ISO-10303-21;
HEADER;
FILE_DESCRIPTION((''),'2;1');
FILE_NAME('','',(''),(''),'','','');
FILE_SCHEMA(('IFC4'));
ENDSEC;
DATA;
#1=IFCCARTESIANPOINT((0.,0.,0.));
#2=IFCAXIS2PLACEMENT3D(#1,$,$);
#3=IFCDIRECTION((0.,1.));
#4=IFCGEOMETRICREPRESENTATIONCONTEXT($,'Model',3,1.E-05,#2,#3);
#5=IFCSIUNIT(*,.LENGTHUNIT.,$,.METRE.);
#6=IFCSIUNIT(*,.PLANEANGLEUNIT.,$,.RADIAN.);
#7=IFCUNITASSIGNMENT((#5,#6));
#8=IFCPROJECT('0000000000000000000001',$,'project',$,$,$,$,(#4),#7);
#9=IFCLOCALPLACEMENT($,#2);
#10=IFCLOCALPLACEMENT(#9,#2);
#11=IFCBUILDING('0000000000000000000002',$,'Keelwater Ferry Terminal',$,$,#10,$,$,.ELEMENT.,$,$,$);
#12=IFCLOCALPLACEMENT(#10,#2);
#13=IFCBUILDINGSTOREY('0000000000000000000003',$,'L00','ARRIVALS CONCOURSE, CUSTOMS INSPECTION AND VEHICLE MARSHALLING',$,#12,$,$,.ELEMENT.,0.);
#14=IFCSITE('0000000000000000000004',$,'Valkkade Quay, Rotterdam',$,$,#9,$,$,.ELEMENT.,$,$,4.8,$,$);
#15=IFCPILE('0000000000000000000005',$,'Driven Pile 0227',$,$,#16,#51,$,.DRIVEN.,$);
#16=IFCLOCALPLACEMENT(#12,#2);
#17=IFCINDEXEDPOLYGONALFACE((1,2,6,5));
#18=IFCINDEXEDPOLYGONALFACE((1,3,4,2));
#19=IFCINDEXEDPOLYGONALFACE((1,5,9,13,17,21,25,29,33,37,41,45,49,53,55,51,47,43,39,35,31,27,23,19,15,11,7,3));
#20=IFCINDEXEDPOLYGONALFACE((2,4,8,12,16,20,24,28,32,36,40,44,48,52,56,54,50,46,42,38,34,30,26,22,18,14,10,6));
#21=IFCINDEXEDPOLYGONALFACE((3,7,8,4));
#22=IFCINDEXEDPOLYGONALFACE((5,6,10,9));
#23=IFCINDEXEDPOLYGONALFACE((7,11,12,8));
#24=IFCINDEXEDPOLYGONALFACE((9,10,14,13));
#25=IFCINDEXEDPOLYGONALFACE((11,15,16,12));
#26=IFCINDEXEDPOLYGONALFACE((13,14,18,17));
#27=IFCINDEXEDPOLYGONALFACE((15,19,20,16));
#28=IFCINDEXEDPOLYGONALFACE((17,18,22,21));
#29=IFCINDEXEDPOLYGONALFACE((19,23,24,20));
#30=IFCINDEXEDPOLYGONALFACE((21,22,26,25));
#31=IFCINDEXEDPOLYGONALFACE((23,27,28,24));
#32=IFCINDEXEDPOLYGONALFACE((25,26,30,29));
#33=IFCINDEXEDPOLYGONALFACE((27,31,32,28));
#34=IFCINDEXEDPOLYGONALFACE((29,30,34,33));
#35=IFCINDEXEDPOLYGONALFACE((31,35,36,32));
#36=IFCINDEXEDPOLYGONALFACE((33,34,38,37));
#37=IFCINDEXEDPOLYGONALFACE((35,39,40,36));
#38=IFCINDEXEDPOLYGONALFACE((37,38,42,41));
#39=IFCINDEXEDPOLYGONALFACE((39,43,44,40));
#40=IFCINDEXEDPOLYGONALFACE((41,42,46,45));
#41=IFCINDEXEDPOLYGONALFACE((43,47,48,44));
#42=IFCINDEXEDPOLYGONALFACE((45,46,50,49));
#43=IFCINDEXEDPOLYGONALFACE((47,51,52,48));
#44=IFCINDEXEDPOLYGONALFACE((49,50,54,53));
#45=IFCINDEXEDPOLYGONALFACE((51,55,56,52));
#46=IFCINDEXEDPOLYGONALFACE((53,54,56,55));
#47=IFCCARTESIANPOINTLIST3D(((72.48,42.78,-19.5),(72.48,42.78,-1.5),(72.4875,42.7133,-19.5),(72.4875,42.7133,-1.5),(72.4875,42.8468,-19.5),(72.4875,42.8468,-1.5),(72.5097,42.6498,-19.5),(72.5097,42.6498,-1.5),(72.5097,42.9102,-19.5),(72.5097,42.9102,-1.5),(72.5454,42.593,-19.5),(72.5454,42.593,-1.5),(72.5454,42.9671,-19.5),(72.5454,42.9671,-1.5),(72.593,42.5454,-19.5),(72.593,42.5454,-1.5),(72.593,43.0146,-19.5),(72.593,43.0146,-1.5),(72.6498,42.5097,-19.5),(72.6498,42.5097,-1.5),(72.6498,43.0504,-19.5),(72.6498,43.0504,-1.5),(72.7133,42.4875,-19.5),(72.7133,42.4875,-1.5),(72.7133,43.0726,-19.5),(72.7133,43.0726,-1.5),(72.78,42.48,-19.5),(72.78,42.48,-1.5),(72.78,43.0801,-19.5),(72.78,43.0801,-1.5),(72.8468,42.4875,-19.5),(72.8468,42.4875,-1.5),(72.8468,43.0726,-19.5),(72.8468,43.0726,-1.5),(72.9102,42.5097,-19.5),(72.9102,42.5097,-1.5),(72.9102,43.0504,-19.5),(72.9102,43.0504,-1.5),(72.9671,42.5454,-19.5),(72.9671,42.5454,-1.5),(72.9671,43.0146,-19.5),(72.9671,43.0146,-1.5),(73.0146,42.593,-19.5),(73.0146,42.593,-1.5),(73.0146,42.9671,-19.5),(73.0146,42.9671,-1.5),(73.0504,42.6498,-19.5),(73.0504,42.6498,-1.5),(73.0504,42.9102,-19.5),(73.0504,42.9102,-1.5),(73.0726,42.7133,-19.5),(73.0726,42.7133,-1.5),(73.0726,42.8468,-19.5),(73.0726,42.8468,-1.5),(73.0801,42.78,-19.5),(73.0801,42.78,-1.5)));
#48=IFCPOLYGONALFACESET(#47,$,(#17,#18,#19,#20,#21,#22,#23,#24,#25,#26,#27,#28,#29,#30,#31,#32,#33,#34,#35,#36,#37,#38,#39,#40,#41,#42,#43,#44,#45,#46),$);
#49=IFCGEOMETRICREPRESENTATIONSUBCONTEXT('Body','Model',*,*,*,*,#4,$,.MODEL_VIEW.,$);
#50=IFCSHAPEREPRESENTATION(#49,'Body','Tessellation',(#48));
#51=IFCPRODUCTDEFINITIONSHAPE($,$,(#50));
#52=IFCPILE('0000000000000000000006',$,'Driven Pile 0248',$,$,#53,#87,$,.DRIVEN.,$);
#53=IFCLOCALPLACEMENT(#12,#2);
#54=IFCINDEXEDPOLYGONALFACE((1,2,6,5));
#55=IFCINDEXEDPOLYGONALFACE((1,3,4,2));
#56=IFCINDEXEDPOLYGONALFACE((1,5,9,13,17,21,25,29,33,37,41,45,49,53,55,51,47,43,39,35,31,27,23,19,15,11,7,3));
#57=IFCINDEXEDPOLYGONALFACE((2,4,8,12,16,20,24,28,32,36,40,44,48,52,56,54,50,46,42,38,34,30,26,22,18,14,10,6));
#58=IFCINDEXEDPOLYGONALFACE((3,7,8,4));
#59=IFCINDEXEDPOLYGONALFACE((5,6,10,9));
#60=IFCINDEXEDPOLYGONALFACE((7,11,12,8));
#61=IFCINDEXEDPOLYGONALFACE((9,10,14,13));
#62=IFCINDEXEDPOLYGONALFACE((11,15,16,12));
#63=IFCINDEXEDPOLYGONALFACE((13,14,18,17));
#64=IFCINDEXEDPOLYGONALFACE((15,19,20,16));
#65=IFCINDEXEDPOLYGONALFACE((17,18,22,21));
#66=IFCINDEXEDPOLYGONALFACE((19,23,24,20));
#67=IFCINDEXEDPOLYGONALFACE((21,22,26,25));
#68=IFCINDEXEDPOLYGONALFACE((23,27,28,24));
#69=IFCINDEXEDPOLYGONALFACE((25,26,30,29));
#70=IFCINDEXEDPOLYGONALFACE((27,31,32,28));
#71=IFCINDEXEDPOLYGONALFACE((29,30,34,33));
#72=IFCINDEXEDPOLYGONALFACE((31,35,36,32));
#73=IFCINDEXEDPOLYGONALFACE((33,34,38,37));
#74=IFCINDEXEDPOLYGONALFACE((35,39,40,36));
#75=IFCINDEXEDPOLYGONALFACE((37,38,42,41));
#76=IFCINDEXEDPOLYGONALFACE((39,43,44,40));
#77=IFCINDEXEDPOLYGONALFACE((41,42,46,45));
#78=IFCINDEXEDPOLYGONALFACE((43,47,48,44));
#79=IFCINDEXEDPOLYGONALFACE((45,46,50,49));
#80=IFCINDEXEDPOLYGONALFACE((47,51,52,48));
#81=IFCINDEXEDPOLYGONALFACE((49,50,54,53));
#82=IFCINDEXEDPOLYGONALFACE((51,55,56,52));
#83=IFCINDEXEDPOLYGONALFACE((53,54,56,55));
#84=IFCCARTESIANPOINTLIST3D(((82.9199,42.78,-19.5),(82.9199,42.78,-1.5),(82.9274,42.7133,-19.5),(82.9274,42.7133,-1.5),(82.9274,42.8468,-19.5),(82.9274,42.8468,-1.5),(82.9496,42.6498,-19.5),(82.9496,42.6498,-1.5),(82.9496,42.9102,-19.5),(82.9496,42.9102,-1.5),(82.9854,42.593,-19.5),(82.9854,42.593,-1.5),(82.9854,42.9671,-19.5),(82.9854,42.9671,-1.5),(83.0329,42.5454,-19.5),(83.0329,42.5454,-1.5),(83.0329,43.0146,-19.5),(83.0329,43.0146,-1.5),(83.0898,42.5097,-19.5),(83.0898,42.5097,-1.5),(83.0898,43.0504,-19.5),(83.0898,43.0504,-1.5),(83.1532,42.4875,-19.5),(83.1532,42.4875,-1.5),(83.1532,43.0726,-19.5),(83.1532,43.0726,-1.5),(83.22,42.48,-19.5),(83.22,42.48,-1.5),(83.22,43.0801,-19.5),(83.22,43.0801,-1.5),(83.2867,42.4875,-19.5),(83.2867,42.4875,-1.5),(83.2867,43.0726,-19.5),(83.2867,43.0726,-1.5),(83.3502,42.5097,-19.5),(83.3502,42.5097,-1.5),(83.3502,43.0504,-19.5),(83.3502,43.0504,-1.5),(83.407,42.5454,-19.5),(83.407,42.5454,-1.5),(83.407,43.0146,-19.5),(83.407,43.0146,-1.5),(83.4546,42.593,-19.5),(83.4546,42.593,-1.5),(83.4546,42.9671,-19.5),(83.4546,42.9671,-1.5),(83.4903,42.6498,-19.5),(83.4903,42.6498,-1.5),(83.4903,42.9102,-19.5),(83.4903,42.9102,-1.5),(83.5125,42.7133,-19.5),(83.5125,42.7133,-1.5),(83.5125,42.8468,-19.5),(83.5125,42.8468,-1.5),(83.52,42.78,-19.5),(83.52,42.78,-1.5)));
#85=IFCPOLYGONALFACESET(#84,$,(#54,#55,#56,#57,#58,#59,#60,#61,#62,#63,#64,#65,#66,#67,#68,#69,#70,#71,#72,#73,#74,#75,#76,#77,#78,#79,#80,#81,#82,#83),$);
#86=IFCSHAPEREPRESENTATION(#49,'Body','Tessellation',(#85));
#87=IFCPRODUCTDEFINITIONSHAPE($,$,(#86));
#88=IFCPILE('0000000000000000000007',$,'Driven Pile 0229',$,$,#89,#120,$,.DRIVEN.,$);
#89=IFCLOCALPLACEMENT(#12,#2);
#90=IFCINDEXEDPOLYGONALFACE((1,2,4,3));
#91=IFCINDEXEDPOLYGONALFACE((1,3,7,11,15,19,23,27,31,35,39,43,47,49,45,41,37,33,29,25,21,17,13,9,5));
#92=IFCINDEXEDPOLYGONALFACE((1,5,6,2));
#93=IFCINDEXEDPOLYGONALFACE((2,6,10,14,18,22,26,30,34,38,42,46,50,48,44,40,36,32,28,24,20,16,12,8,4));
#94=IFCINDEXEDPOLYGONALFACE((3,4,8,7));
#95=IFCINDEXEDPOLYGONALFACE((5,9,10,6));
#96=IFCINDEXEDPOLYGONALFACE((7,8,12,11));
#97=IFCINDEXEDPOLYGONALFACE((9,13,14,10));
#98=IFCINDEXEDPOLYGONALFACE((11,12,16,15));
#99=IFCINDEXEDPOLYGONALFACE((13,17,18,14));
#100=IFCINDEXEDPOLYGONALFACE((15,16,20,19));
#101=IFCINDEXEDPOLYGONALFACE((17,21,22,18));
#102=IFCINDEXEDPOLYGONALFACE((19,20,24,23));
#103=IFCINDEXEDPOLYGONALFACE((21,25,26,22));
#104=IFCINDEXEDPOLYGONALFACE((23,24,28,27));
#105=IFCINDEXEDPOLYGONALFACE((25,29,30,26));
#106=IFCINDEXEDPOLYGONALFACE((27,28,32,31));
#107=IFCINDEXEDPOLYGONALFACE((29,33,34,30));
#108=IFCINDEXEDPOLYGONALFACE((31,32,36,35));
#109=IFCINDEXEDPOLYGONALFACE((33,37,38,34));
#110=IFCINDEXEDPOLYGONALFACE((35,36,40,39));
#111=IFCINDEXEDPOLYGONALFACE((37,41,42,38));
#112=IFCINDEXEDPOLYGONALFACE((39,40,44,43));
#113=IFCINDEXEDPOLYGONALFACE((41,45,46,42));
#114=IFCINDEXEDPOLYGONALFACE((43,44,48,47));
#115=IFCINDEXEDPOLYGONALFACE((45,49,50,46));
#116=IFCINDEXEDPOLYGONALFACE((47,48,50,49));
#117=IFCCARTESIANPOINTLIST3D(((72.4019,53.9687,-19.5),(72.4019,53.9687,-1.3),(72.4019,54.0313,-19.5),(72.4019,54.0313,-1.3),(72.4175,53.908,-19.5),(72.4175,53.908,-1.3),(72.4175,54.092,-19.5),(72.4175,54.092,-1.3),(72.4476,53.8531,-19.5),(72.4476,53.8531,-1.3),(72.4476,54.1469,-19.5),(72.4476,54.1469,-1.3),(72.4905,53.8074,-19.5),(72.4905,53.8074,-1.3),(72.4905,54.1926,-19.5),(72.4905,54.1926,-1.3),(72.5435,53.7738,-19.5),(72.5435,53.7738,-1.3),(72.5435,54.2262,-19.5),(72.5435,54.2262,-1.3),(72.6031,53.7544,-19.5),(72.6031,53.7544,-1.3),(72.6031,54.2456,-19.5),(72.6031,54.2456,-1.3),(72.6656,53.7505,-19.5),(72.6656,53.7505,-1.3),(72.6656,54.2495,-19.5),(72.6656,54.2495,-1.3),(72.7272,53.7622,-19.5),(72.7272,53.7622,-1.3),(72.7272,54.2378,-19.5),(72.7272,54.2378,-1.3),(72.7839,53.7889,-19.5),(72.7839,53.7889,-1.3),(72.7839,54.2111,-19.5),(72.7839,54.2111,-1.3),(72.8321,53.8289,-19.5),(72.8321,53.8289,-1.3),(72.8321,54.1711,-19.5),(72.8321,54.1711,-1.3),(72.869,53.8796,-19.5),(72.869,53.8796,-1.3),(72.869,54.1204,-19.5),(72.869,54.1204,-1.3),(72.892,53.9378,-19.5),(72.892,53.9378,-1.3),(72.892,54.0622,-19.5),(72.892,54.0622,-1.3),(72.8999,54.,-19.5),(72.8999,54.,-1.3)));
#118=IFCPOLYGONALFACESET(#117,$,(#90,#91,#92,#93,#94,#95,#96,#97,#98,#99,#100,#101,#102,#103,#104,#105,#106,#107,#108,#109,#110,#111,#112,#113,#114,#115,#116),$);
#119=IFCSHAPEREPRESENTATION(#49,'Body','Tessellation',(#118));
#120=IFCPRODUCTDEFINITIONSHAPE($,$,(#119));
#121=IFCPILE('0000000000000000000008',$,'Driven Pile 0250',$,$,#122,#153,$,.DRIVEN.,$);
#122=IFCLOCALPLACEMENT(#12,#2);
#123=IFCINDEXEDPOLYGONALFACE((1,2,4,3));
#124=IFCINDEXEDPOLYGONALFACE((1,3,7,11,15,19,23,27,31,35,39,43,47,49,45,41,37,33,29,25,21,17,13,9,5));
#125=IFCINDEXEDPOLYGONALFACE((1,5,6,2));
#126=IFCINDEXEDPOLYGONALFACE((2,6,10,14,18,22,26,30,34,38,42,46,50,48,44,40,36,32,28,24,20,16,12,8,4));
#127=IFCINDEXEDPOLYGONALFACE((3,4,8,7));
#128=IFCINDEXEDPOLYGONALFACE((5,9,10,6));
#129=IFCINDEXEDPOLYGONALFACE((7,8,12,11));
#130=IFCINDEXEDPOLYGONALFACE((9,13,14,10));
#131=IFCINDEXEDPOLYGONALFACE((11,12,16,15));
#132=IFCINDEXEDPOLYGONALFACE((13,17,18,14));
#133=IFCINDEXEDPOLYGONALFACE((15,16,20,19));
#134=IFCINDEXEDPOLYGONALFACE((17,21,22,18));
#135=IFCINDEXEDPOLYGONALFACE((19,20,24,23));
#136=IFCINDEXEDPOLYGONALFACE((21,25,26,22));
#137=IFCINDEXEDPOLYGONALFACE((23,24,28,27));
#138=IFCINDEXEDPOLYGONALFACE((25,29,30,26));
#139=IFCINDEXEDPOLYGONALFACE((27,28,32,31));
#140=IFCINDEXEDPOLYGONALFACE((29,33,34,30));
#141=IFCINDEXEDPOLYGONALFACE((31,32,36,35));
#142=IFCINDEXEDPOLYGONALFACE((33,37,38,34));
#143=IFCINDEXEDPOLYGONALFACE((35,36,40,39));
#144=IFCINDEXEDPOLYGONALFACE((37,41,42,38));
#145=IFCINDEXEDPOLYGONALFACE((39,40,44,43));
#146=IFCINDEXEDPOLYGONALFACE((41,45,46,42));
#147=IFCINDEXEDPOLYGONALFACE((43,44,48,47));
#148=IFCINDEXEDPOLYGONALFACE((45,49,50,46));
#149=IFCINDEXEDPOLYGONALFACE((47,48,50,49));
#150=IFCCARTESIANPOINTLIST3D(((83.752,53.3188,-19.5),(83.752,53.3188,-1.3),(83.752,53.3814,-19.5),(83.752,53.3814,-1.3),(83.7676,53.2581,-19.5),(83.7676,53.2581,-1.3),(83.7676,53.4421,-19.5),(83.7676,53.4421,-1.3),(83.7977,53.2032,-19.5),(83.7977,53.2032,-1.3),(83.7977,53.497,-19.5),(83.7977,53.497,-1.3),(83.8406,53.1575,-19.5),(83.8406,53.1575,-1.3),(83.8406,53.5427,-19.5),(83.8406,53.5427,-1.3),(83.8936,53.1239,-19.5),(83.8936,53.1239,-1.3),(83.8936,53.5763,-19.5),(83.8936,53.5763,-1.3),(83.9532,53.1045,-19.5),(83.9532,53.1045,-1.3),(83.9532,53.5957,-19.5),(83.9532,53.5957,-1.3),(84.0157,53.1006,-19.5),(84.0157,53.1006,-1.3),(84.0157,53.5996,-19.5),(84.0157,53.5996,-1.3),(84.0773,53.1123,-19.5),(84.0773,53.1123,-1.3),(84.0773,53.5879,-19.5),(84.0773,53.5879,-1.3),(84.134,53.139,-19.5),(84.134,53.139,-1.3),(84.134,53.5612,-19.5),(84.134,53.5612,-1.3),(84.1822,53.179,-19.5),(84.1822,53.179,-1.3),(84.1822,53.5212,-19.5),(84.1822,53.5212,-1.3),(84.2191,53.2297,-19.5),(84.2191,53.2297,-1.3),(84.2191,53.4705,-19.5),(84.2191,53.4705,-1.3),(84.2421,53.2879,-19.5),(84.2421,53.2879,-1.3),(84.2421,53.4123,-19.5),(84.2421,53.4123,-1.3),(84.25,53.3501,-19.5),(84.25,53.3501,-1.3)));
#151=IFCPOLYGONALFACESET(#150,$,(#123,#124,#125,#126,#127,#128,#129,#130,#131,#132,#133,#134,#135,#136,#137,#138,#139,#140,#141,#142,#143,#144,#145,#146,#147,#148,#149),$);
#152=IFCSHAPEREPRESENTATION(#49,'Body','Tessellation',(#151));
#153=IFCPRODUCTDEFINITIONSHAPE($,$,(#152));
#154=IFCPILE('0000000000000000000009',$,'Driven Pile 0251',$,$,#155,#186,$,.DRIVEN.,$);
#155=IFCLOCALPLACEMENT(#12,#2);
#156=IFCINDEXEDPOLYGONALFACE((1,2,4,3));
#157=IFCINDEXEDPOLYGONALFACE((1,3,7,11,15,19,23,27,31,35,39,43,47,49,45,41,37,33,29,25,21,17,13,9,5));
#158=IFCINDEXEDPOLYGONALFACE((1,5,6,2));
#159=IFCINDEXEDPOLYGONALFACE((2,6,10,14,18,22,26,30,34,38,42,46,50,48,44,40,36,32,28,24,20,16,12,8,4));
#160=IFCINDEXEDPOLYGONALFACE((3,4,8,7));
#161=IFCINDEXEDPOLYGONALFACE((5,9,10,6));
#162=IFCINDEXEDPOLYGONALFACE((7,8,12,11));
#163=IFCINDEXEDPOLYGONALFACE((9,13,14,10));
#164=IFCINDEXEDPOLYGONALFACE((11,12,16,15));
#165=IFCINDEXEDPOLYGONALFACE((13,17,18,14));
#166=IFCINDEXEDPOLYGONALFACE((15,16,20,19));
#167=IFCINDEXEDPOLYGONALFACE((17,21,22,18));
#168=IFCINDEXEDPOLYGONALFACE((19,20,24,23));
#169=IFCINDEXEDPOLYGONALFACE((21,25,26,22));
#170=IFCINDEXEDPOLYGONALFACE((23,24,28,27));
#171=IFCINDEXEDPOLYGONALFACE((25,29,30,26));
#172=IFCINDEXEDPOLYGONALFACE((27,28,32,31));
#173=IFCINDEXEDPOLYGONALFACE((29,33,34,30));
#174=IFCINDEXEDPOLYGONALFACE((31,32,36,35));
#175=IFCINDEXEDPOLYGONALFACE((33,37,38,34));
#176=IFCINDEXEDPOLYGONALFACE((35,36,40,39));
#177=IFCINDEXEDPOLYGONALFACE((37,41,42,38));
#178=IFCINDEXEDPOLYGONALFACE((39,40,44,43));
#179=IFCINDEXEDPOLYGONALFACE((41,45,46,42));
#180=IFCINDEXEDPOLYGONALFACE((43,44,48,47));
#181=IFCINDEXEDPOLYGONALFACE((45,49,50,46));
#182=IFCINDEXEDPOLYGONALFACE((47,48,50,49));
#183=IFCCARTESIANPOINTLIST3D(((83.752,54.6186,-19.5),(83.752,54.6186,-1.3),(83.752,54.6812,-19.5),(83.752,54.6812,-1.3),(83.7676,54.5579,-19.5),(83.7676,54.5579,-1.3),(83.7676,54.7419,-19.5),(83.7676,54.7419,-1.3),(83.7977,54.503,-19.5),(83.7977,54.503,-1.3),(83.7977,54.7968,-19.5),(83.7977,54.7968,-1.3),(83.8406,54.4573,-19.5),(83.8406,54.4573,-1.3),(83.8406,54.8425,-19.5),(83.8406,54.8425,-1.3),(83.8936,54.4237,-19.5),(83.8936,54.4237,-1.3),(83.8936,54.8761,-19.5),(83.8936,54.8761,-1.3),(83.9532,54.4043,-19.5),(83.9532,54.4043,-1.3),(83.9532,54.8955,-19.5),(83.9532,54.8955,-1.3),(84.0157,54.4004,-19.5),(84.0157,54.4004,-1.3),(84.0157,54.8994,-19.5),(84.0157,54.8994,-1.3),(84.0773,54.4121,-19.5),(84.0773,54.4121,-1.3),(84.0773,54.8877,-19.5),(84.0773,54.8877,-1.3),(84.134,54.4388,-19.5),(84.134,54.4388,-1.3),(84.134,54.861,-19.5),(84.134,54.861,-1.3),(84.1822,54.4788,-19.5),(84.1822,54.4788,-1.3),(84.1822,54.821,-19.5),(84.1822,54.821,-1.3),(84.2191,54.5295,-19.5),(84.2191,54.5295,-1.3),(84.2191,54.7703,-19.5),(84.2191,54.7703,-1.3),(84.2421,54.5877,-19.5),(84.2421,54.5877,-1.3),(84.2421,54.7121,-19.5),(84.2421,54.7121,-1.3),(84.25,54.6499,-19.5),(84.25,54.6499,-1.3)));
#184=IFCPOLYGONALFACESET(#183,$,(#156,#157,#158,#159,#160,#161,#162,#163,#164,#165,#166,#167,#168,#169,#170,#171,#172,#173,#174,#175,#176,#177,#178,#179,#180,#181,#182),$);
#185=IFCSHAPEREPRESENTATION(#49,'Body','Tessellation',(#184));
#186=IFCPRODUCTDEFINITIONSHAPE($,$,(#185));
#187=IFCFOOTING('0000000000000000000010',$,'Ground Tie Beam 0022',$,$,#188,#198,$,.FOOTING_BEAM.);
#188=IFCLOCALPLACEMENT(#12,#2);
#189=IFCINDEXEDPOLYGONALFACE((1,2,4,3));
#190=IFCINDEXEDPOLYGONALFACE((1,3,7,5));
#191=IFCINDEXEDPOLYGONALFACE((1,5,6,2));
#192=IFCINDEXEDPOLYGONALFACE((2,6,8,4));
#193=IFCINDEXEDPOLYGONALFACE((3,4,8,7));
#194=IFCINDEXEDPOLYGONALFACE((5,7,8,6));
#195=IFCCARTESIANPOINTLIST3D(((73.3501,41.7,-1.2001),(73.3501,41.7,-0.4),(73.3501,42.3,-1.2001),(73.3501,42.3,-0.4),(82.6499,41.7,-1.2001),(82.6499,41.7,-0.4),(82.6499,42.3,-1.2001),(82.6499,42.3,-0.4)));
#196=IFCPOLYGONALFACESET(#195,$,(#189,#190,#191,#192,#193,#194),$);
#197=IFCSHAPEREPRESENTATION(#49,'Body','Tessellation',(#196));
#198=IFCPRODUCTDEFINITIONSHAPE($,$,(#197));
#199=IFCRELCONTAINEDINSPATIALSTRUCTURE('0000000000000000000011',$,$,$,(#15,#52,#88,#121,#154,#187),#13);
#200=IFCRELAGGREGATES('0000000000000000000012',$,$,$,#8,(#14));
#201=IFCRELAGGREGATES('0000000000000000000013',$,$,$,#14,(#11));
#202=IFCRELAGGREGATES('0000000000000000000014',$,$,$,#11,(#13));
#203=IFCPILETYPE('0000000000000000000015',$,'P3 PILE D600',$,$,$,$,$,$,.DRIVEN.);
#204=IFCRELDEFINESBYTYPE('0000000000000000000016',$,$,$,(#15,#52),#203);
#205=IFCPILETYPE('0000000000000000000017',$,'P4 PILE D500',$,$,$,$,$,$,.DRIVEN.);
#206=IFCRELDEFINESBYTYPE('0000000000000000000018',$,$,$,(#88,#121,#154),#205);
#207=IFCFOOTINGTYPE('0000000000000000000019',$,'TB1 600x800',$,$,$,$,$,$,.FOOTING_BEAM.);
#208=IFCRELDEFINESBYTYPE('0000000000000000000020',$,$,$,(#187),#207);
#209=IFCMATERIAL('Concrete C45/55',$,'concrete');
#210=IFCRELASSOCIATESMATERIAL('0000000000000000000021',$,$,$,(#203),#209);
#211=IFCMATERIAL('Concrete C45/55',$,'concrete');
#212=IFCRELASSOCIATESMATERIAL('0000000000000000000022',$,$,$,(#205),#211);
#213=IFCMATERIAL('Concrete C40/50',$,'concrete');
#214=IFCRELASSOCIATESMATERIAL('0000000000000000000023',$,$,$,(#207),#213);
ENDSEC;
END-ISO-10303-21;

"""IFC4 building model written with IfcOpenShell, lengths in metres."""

from ifc_helpers import new_model, si_unit, direction, frame, origin, origin_2d, place, context, subcontext, project, spatial, rectangle, circle, extrude, material, material_profile, profile_set, type_object, element, save


model = new_model("IFC4")

# Units and contexts
model_context = context("Model", 3, precision=1e-05, world=origin(), true_north=direction((0.0, 1.0)))
body_context = subcontext(model_context, "Body", "Model", "MODEL_VIEW")
ifc_project = project(units=[si_unit("LENGTHUNIT", "METRE"), si_unit("PLANEANGLEUNIT", "RADIAN")], contexts=[model_context])

# Site, building, storey
site_placement = place(None, origin())
site = spatial("IfcSite", under=ifc_project, at=site_placement, Name="Valkkade Quay, Rotterdam", CompositionType="ELEMENT", RefElevation=4.8)
building_placement = place(site_placement, origin())
building = spatial("IfcBuilding", under=site, at=building_placement, Name="Keelwater Ferry Terminal", CompositionType="ELEMENT")
storey_placement = place(building_placement, origin())
storey = spatial("IfcBuildingStorey", under=building, at=storey_placement, Name="L00", Description="ARRIVALS CONCOURSE, CUSTOMS INSPECTION AND VEHICLE MARSHALLING", CompositionType="ELEMENT", Elevation=0.0)

# Piles
ifc_material_1 = material(Name="Concrete C45/55", Category="concrete")
ifc_material_profile_1 = material_profile(ifc_material_1, circle(Radius=0.3, at=origin_2d()), Name="PILE D600")
ifc_profile_set_1 = profile_set([ifc_material_profile_1], Name="Concrete C45/55")
pile_type_1 = type_object("IfcPileType", Name="P3 PILE D600", PredefinedType="DRIVEN", material=ifc_profile_set_1)
for number, where, z_axis, x_axis, name in (
    (1, (72.78, 42.78, -1.5), (0.0, 0.0, -1.0), (1.0, 0.0, 0.0), "Driven Pile 0227"),
    (2, (83.22, 42.78, -1.5), (0.0, 0.0, -1.0), (1.0, 0.0, 0.0), "Driven Pile 0248"),
):
    element("IfcPile", number, at=place(storey_placement, frame(where, z_axis=z_axis, x_axis=x_axis)), inside=storey, type_object=pile_type_1, Name=name, PredefinedType="DRIVEN", context=body_context, shape_type="SweptSolid", body=[
        extrude(circle(Radius=0.3, at=origin_2d()), origin(), (0.0, 0.0, 1.0), 18.0),
    ])
ifc_material_2 = material(Name="Concrete C45/55", Category="concrete")
ifc_material_profile_2 = material_profile(ifc_material_2, circle(Radius=0.25, at=origin_2d()), Name="PILE D500")
ifc_profile_set_2 = profile_set([ifc_material_profile_2], Name="Concrete C45/55")
pile_type_2 = type_object("IfcPileType", Name="P4 PILE D500", PredefinedType="DRIVEN", material=ifc_profile_set_2)
for number, where, z_axis, x_axis, name in (
    (3, (72.6499, 54.0, -1.3), (0.0, 0.0, -1.0), (1.0, 0.0, 0.0), "Driven Pile 0229"),
    (4, (84.0, 53.3501, -1.3), (0.0, 0.0, -1.0), (1.0, 0.0, 0.0), "Driven Pile 0250"),
    (5, (84.0, 54.6499, -1.3), (0.0, 0.0, -1.0), (1.0, 0.0, 0.0), "Driven Pile 0251"),
):
    element("IfcPile", number, at=place(storey_placement, frame(where, z_axis=z_axis, x_axis=x_axis)), inside=storey, type_object=pile_type_2, Name=name, PredefinedType="DRIVEN", context=body_context, shape_type="SweptSolid", body=[
        extrude(circle(Radius=0.25, at=origin_2d()), origin(), (0.0, 0.0, 1.0), 18.2),
    ])

# Footing
ifc_material_3 = material(Name="Concrete C40/50", Category="concrete")
ifc_material_profile_3 = material_profile(ifc_material_3, rectangle(XDim=0.6001, YDim=0.8, at=origin_2d()), Name="TB 600x800")
ifc_profile_set_3 = profile_set([ifc_material_profile_3], Name="Concrete C40/50")
footing_type_1 = type_object("IfcFootingType", Name="TB1 600x800", PredefinedType="FOOTING_BEAM", material=ifc_profile_set_3)
footing_1_placement = place(storey_placement, frame((73.3501, 42.0, -0.8), z_axis=(1.0, 0.0, 0.0), x_axis=(0.0, 1.0, 0.0)))
element("IfcFooting", 6, at=footing_1_placement, inside=storey, type_object=footing_type_1, Name="Ground Tie Beam 0022", PredefinedType="FOOTING_BEAM", context=body_context, shape_type="SweptSolid", body=[
    extrude(rectangle(XDim=0.6001, YDim=0.8, at=origin_2d()), origin(), (0.0, 0.0, 1.0), 9.2998),
])

save(model, "model.ifc")
